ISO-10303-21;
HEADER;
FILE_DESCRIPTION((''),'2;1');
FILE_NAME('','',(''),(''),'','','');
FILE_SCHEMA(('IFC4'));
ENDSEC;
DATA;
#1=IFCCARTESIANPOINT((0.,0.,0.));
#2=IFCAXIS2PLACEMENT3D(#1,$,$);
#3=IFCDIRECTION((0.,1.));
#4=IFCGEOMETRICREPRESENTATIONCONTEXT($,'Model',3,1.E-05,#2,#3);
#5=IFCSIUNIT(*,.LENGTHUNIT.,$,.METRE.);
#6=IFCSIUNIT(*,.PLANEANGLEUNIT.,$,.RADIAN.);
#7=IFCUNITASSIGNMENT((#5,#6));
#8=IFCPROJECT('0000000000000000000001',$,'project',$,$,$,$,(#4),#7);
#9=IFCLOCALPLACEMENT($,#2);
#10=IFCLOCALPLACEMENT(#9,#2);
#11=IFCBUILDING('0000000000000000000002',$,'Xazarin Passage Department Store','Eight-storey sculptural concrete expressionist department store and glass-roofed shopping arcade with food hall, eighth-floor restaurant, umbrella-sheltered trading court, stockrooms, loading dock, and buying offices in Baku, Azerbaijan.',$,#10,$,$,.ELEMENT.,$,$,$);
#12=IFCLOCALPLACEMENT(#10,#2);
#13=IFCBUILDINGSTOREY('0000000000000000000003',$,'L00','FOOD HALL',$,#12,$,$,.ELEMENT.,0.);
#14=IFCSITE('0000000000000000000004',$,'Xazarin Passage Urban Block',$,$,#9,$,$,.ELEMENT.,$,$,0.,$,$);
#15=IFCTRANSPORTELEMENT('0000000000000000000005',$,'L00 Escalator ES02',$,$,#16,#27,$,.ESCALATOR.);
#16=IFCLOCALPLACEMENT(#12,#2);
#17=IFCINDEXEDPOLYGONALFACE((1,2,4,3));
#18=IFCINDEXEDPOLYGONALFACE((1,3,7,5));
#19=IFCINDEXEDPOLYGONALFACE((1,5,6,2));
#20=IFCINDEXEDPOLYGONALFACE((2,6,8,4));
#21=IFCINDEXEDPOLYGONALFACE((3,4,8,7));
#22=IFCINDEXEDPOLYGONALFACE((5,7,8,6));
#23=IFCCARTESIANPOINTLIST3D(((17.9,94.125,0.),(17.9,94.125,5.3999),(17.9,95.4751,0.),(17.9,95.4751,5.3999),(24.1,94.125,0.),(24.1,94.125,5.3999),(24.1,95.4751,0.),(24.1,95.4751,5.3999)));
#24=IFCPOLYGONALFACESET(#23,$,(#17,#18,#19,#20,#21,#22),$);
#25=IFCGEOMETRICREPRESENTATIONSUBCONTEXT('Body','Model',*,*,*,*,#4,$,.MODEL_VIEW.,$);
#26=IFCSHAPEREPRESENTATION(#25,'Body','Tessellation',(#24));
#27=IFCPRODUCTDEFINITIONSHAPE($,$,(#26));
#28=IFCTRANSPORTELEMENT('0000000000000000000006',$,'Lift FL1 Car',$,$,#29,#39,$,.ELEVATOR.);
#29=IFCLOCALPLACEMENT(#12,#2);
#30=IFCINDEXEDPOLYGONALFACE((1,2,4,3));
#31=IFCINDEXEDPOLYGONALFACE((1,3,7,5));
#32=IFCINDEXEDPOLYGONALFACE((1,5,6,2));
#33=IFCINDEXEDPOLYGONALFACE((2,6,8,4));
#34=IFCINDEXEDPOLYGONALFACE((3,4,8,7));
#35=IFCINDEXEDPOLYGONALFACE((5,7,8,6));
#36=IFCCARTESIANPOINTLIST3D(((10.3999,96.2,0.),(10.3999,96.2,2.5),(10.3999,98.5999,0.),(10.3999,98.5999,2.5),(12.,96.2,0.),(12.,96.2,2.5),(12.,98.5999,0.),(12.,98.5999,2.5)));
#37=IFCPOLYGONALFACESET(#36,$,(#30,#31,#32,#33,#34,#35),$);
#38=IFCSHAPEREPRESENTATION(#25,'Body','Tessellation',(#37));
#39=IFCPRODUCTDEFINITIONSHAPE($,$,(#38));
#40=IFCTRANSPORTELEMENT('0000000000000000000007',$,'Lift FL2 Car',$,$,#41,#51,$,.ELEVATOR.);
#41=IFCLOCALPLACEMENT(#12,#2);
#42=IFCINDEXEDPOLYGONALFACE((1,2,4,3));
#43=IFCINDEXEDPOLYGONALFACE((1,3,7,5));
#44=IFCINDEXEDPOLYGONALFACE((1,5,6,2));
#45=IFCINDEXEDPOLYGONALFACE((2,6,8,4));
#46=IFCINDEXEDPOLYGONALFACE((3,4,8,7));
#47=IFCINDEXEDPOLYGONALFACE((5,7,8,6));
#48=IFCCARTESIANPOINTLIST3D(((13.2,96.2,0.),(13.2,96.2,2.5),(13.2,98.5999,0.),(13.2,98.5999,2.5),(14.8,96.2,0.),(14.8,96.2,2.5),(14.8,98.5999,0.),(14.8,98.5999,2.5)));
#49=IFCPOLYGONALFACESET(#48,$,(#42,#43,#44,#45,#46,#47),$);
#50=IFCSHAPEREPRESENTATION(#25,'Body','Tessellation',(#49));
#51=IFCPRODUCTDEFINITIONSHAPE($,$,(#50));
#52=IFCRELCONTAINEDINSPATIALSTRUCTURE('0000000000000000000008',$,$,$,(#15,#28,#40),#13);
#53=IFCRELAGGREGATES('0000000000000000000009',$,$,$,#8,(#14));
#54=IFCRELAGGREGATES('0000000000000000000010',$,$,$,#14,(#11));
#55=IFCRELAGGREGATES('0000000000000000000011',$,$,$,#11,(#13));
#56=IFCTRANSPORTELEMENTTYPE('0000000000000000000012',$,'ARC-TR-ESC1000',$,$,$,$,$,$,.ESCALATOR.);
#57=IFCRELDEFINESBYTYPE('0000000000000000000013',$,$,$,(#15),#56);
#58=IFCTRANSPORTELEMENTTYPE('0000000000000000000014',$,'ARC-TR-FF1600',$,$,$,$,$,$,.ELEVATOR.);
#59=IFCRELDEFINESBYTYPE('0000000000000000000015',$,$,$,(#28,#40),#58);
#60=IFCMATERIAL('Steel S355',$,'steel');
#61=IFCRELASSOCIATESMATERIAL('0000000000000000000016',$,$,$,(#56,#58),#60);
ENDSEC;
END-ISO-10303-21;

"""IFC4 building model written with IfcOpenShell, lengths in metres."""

from ifc_helpers import new_model, si_unit, direction, frame, origin, origin_2d, place, context, subcontext, project, spatial, rectangle, extrude, material, type_object, element, save


model = new_model("IFC4")

# Units and contexts
model_context = context("Model", 3, precision=1e-05, world=origin(), true_north=direction((0.0, 1.0)))
body_context = subcontext(model_context, "Body", "Model", "MODEL_VIEW")
ifc_project = project(units=[si_unit("LENGTHUNIT", "METRE"), si_unit("PLANEANGLEUNIT", "RADIAN")], contexts=[model_context])

# Site, building, storey
site_placement = place(None, origin())
site = spatial("IfcSite", under=ifc_project, at=site_placement, Name="Xazarin Passage Urban Block", CompositionType="ELEMENT", RefElevation=0.0)
building_placement = place(site_placement, origin())
building = spatial("IfcBuilding", under=site, at=building_placement, Name="Xazarin Passage Department Store", Description="Eight-storey sculptural concrete expressionist department store and glass-roofed shopping arcade with food hall, eighth-floor restaurant, umbrella-sheltered trading court, stockrooms, loading dock, and buying offices in Baku, Azerbaijan.", CompositionType="ELEMENT")
storey_placement = place(building_placement, origin())
storey = spatial("IfcBuildingStorey", under=building, at=storey_placement, Name="L00", Description="FOOD HALL", CompositionType="ELEMENT", Elevation=0.0)

# Shared definitions
ifc_material_1 = material(Name="Steel S355", Category="steel")

# Transport elements
transport_element_type_1 = type_object("IfcTransportElementType", Name="ARC-TR-ESC1000", PredefinedType="ESCALATOR", material=ifc_material_1)
for number, where, z_axis, x_axis, name in (
    (1, (21.0, 94.8, 0.0), (0.0, 0.0, 1.0), (1.0, 0.0, 0.0), "L00 Escalator ES02"),
):
    element("IfcTransportElement", number, at=place(storey_placement, frame(where, z_axis=z_axis, x_axis=x_axis)), inside=storey, type_object=transport_element_type_1, Name=name, PredefinedType="ESCALATOR", context=body_context, shape_type="SweptSolid", body=[
        extrude(rectangle(XDim=6.2, YDim=1.3501, at=origin_2d()), origin(), (0.0, 0.0, 1.0), 5.3999),
    ])
transport_element_type_2 = type_object("IfcTransportElementType", Name="ARC-TR-FF1600", PredefinedType="ELEVATOR", material=ifc_material_1)
for number, where, z_axis, x_axis, name in (
    (2, (11.2, 97.3999, 0.0), (0.0, 0.0, 1.0), (1.0, 0.0, 0.0), "Lift FL1 Car"),
    (3, (14.0, 97.3999, 0.0), (0.0, 0.0, 1.0), (1.0, 0.0, 0.0), "Lift FL2 Car"),
):
    element("IfcTransportElement", number, at=place(storey_placement, frame(where, z_axis=z_axis, x_axis=x_axis)), inside=storey, type_object=transport_element_type_2, Name=name, PredefinedType="ELEVATOR", context=body_context, shape_type="SweptSolid", body=[
        extrude(rectangle(XDim=1.6001, YDim=2.3999, at=origin_2d()), origin(), (0.0, 0.0, 1.0), 2.5),
    ])

save(model, "model.ifc")
